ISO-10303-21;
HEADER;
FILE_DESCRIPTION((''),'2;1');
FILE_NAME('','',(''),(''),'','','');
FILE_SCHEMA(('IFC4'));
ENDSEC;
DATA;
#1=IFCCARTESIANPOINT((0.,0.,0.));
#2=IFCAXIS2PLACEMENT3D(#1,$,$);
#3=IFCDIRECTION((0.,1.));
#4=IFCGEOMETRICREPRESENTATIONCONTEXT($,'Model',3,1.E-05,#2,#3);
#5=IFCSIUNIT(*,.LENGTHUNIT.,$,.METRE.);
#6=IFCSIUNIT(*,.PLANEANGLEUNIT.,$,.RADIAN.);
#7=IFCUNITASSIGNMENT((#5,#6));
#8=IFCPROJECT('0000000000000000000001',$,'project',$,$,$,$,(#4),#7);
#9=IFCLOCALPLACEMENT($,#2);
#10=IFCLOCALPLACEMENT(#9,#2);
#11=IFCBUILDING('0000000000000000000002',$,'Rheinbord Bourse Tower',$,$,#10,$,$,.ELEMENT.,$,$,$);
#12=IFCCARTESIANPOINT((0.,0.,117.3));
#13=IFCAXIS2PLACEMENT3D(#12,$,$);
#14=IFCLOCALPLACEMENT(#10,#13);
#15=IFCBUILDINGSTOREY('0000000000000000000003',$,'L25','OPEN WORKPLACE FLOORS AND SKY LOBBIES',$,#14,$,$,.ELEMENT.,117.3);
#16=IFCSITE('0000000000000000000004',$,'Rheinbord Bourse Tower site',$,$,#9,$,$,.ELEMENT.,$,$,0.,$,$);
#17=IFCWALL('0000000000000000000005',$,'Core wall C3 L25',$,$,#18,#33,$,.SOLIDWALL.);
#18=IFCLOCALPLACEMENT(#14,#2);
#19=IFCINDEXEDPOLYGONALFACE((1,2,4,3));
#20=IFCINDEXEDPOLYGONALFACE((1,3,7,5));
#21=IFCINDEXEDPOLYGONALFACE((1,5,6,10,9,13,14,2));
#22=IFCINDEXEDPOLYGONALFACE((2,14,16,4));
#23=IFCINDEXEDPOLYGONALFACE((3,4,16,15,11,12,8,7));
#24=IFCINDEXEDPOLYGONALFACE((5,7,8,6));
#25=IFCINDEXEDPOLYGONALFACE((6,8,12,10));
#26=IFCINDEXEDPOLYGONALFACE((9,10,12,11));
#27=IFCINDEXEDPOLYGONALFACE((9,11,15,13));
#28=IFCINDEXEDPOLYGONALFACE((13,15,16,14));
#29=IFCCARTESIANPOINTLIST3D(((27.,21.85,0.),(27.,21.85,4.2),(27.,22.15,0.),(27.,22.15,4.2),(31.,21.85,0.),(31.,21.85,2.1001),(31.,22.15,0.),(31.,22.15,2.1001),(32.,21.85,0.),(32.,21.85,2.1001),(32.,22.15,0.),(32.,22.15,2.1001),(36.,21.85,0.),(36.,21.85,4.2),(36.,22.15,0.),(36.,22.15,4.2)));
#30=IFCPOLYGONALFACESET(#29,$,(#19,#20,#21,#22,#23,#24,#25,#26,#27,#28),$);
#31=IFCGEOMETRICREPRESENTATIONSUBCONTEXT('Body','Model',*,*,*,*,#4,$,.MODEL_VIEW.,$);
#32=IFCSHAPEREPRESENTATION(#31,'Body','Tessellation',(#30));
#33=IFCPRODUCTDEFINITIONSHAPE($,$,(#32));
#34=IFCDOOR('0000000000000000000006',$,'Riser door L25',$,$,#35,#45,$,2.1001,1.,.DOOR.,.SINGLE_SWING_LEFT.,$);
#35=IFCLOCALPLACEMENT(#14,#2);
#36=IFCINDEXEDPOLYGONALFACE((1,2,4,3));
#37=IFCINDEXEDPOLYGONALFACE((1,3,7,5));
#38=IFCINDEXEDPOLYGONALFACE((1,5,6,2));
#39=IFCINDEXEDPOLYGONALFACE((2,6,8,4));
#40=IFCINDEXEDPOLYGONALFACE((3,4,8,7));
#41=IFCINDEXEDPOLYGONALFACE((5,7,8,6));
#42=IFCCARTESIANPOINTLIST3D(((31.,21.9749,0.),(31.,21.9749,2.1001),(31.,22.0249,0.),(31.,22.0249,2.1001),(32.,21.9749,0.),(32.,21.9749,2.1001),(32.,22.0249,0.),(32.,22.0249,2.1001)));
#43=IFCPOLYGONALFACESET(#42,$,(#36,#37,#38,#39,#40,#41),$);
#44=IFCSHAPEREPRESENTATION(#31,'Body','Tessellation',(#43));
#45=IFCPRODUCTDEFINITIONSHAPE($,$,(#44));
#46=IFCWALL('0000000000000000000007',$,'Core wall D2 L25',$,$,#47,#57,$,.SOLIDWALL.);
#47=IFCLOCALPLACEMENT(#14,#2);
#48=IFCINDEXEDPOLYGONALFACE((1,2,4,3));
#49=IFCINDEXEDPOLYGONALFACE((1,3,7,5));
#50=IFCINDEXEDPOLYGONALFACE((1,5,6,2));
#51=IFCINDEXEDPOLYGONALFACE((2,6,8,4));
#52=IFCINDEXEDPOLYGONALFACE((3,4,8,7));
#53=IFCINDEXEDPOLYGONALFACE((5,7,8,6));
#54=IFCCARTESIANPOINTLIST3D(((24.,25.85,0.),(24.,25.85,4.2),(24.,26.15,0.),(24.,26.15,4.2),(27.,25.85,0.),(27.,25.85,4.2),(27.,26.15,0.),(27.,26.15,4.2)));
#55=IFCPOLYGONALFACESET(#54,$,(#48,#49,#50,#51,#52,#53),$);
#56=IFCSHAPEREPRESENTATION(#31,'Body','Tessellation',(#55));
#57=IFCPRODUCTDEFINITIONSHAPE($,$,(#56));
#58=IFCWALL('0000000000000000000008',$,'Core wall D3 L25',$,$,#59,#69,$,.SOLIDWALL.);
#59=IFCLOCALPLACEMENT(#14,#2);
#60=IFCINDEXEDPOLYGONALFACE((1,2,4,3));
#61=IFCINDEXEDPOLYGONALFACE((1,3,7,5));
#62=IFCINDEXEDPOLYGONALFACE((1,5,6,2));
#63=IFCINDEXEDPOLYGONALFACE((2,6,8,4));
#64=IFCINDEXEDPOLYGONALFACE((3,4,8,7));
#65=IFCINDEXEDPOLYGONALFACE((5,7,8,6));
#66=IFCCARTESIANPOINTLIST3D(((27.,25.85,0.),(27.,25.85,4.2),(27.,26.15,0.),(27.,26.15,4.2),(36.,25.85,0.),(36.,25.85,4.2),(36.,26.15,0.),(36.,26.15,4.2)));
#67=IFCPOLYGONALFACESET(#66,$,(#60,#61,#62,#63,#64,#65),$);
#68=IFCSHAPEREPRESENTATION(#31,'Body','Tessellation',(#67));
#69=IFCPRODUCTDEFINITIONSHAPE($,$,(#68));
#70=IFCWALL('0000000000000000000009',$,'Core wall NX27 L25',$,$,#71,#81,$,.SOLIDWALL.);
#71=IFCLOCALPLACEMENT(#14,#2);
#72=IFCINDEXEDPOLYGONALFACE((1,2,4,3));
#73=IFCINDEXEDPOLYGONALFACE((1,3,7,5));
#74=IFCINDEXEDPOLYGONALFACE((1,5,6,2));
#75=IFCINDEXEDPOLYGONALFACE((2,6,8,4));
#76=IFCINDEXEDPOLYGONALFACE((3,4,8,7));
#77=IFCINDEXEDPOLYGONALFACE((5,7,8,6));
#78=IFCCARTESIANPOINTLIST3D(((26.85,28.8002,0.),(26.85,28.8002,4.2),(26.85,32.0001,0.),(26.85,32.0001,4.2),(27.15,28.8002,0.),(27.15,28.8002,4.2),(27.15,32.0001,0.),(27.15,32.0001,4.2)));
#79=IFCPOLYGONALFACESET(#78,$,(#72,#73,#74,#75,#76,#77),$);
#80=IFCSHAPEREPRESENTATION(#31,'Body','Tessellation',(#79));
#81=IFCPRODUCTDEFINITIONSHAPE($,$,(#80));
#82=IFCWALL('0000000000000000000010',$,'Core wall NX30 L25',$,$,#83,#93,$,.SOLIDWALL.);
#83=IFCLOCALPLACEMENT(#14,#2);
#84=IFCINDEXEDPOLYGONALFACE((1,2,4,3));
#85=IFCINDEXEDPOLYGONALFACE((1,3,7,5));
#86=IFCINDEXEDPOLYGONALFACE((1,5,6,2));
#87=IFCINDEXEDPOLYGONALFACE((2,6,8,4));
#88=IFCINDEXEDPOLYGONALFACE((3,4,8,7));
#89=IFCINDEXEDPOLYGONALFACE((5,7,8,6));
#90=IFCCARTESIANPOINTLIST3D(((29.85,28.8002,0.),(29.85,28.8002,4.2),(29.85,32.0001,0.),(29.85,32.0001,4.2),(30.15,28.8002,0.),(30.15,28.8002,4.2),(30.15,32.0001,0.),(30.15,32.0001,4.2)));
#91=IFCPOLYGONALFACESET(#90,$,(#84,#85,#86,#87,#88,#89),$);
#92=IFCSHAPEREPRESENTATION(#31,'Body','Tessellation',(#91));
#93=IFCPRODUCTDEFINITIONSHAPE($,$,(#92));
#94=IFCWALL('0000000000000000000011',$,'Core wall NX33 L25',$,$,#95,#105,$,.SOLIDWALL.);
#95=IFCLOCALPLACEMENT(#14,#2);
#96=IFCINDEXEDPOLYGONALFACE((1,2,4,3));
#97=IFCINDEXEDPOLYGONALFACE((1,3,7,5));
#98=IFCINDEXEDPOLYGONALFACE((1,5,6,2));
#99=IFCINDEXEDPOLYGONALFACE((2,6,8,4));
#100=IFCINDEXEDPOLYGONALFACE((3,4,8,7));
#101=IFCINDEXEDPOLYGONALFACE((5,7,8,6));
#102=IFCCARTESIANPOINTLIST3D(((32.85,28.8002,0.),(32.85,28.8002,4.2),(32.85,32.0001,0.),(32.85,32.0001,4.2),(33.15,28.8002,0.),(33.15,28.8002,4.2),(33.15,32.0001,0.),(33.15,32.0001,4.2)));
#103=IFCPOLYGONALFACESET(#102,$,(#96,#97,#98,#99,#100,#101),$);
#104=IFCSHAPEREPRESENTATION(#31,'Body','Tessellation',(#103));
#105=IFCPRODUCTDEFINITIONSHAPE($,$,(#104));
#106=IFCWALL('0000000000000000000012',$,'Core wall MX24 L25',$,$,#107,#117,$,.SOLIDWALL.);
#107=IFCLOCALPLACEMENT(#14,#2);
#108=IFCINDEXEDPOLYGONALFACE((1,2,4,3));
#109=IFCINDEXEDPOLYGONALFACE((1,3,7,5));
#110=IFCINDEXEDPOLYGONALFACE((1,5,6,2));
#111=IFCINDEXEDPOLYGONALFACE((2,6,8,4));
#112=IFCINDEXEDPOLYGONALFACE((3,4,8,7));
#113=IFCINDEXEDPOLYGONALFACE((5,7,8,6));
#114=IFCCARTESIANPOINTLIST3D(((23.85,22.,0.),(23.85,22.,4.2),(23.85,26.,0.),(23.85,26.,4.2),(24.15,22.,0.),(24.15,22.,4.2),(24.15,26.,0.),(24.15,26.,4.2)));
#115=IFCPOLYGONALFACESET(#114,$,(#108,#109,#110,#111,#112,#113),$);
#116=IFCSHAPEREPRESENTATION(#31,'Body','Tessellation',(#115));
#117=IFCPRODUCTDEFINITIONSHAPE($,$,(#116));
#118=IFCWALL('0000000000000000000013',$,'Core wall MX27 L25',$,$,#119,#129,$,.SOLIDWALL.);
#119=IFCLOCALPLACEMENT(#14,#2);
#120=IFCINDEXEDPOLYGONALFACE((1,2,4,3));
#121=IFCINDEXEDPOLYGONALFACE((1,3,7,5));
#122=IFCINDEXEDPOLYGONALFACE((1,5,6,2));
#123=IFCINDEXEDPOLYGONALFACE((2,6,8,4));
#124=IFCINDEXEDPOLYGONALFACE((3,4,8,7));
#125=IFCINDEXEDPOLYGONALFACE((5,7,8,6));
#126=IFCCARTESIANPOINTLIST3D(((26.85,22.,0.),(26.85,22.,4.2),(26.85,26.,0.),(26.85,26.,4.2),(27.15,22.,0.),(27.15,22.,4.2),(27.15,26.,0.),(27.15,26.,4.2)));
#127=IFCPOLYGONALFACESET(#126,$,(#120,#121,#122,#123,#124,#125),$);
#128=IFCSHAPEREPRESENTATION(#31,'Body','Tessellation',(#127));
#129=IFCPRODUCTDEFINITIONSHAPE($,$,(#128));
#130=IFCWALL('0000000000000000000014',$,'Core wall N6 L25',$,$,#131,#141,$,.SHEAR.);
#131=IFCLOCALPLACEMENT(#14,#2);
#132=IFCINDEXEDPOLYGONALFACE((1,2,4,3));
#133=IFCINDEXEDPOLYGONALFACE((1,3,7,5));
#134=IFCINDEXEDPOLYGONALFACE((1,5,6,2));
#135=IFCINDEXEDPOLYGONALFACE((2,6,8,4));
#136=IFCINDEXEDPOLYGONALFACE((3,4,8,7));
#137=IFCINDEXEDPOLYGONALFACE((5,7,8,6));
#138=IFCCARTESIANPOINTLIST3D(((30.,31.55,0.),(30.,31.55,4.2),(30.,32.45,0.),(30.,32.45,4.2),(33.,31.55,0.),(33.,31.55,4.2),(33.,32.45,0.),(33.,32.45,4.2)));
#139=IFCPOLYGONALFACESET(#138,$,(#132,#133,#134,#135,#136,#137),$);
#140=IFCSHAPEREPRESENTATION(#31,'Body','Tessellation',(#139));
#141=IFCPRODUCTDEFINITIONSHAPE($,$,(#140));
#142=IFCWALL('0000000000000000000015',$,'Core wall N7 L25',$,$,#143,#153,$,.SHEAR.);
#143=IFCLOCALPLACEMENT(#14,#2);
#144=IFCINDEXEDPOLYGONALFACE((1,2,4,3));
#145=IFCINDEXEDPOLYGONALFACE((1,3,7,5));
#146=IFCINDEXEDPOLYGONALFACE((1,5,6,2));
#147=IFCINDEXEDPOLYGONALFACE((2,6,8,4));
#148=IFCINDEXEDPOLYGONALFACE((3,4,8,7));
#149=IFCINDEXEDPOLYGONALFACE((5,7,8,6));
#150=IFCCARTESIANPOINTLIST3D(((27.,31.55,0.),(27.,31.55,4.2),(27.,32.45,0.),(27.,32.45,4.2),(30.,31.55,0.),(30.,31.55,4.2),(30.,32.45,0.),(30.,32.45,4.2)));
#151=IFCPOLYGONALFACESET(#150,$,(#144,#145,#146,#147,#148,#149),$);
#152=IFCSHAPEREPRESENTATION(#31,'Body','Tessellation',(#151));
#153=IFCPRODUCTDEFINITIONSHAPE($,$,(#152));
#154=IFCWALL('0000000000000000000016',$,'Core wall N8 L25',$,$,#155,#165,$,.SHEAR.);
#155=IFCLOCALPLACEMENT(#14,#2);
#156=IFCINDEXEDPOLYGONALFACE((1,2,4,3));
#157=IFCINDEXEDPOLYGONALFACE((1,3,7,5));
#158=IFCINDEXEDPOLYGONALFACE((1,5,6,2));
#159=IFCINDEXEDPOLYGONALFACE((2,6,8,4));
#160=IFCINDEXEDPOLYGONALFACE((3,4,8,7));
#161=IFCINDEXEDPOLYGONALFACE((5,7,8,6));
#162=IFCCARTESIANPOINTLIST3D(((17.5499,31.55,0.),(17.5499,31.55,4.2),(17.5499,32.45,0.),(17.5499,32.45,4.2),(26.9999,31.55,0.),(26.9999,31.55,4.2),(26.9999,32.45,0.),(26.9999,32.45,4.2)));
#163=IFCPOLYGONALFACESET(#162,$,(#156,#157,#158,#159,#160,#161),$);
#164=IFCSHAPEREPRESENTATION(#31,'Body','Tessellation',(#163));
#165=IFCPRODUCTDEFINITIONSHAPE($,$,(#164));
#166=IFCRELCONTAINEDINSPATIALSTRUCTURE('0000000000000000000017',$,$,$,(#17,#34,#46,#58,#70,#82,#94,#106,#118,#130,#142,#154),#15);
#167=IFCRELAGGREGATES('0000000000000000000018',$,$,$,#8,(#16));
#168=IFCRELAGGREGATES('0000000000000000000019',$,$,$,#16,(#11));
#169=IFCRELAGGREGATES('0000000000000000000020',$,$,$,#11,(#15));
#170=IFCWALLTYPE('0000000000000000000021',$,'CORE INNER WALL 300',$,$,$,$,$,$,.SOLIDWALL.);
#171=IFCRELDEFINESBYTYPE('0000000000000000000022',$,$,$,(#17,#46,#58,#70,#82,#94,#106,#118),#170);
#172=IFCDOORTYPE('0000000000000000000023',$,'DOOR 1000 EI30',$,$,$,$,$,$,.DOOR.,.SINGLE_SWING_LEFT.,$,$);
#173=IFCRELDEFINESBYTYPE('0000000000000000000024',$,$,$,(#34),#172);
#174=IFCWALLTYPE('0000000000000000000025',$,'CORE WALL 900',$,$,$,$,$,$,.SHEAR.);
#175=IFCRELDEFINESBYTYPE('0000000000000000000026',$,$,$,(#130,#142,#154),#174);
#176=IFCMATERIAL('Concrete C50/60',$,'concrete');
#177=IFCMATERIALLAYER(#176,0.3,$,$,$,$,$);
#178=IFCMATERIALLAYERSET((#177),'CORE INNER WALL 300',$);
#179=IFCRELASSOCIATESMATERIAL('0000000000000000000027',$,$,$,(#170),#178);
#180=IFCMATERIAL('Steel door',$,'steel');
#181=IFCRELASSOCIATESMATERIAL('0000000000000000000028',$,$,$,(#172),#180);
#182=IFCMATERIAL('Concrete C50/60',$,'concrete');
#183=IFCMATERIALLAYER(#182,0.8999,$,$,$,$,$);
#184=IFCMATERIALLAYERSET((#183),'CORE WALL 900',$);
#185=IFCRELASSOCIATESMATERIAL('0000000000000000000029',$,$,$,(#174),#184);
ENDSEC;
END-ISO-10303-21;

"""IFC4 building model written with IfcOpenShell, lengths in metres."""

from ifc_helpers import new_model, si_unit, direction, frame, frame_2d, origin, place, context, subcontext, project, spatial, rectangle, extrude, material, layer, layer_set, type_object, element, fill, save


model = new_model("IFC4")

# Units and contexts
model_context = context("Model", 3, precision=1e-05, world=origin(), true_north=direction((0.0, 1.0)))
body_context = subcontext(model_context, "Body", "Model", "MODEL_VIEW")
ifc_project = project(units=[si_unit("LENGTHUNIT", "METRE"), si_unit("PLANEANGLEUNIT", "RADIAN")], contexts=[model_context])

# Site, building, storey
site_placement = place(None, origin())
site = spatial("IfcSite", under=ifc_project, at=site_placement, Name="Rheinbord Bourse Tower site", CompositionType="ELEMENT", RefElevation=0.0)
building_placement = place(site_placement, origin())
building = spatial("IfcBuilding", under=site, at=building_placement, Name="Rheinbord Bourse Tower", CompositionType="ELEMENT")
storey_placement = place(building_placement, frame((0.0, 0.0, 117.3)))
storey = spatial("IfcBuildingStorey", under=building, at=storey_placement, Name="L25", Description="OPEN WORKPLACE FLOORS AND SKY LOBBIES", CompositionType="ELEMENT", Elevation=117.3)

# Wall, opening, door
ifc_material_1 = material(Name="Concrete C50/60", Category="concrete")
ifc_layer_1 = layer(ifc_material_1, 0.3)
ifc_layer_set_1 = layer_set([ifc_layer_1], Name="CORE INNER WALL 300")
wall_type_1 = type_object("IfcWallType", Name="CORE INNER WALL 300", PredefinedType="SOLIDWALL", material=ifc_layer_set_1)
wall_1_placement = place(storey_placement, frame((27.0, 22.0, 0.0), z_axis=(0.0, 0.0, 1.0), x_axis=(1.0, 0.0, 0.0)))
wall_1 = element("IfcWall", 1, at=wall_1_placement, inside=storey, type_object=wall_type_1, Name="Core wall C3 L25", PredefinedType="SOLIDWALL", context=body_context, shape_type="SweptSolid", body=[
    extrude(rectangle(XDim=9.0, YDim=0.3, at=frame_2d((4.5, 0.0))), origin(), (0.0, 0.0, 1.0), 4.2),
])
opening_1_placement = place(wall_1_placement, frame((4.0, 0.0, 0.0)))
opening_1 = element("IfcOpeningElement", 2, at=opening_1_placement, cuts=wall_1, PredefinedType="OPENING", context=body_context, shape_type="SweptSolid", body=[
    extrude(rectangle(XDim=1.0, YDim=2.1001, at=frame_2d((0.5, 1.05))), frame((0.0, 0.1599, 0.0), z_axis=(0.0, -1.0, 0.0), x_axis=(1.0, 0.0, 0.0)), (0.0, 0.0, 1.0), 0.3201),
])
ifc_material_2 = material(Name="Steel door", Category="steel")
door_type_1 = type_object("IfcDoorType", Name="DOOR 1000 EI30", OperationType="SINGLE_SWING_LEFT", PredefinedType="DOOR", material=ifc_material_2)
door_1_placement = place(opening_1_placement, origin())
door_1 = element("IfcDoor", 3, at=door_1_placement, inside=storey, type_object=door_type_1, Name="Riser door L25", OperationType="SINGLE_SWING_LEFT", OverallHeight=2.1001, OverallWidth=1.0, PredefinedType="DOOR", context=body_context, shape_type="SweptSolid", body=[
    extrude(rectangle(XDim=1.0, YDim=2.1001, at=frame_2d((0.5, 1.05))), frame((0.0, 0.0249, 0.0), z_axis=(0.0, -1.0, 0.0), x_axis=(1.0, 0.0, 0.0)), (0.0, 0.0, 1.0), 0.05),
])
fill(opening_1, door_1)

# Walls
wall_2_placement = place(storey_placement, frame((24.0, 26.0, 0.0), z_axis=(0.0, 0.0, 1.0), x_axis=(1.0, 0.0, 0.0)))
element("IfcWall", 4, at=wall_2_placement, inside=storey, type_object=wall_type_1, Name="Core wall D2 L25", PredefinedType="SOLIDWALL", context=body_context, shape_type="SweptSolid", body=[
    extrude(rectangle(XDim=3.0, YDim=0.3, at=frame_2d((1.5, 0.0))), origin(), (0.0, 0.0, 1.0), 4.2),
])
wall_3_placement = place(storey_placement, frame((27.0, 26.0, 0.0), z_axis=(0.0, 0.0, 1.0), x_axis=(1.0, 0.0, 0.0)))
element("IfcWall", 5, at=wall_3_placement, inside=storey, type_object=wall_type_1, Name="Core wall D3 L25", PredefinedType="SOLIDWALL", context=body_context, shape_type="SweptSolid", body=[
    extrude(rectangle(XDim=9.0, YDim=0.3, at=frame_2d((4.5, 0.0))), origin(), (0.0, 0.0, 1.0), 4.2),
])
for number, where, z_axis, x_axis, name in (
    (6, (27.0, 28.8, 0.0), (0.0, 0.0, 1.0), (0.0, 1.0, 0.0), "Core wall NX27 L25"),
    (7, (30.0, 28.8, 0.0), (0.0, 0.0, 1.0), (0.0, 1.0, 0.0), "Core wall NX30 L25"),
    (8, (33.0, 28.8, 0.0), (0.0, 0.0, 1.0), (0.0, 1.0, 0.0), "Core wall NX33 L25"),
):
    element("IfcWall", number, at=place(storey_placement, frame(where, z_axis=z_axis, x_axis=x_axis)), inside=storey, type_object=wall_type_1, Name=name, PredefinedType="SOLIDWALL", context=body_context, shape_type="SweptSolid", body=[
        extrude(rectangle(XDim=3.2, YDim=0.3, at=frame_2d((1.6001, 0.0))), origin(), (0.0, 0.0, 1.0), 4.2),
    ])
for number, where, z_axis, x_axis, name in (
    (9, (24.0, 22.0, 0.0), (0.0, 0.0, 1.0), (0.0, 1.0, 0.0), "Core wall MX24 L25"),
    (10, (27.0, 22.0, 0.0), (0.0, 0.0, 1.0), (0.0, 1.0, 0.0), "Core wall MX27 L25"),
):
    element("IfcWall", number, at=place(storey_placement, frame(where, z_axis=z_axis, x_axis=x_axis)), inside=storey, type_object=wall_type_1, Name=name, PredefinedType="SOLIDWALL", context=body_context, shape_type="SweptSolid", body=[
        extrude(rectangle(XDim=4.0, YDim=0.3, at=frame_2d((2.0, 0.0))), origin(), (0.0, 0.0, 1.0), 4.2),
    ])
ifc_material_3 = material(Name="Concrete C50/60", Category="concrete")
ifc_layer_2 = layer(ifc_material_3, 0.8999)
ifc_layer_set_2 = layer_set([ifc_layer_2], Name="CORE WALL 900")
wall_type_2 = type_object("IfcWallType", Name="CORE WALL 900", PredefinedType="SHEAR", material=ifc_layer_set_2)
for number, where, z_axis, x_axis, name in (
    (11, (33.0, 32.0, 0.0), (0.0, 0.0, 1.0), (-1.0, 0.0, 0.0), "Core wall N6 L25"),
    (12, (30.0, 32.0, 0.0), (0.0, 0.0, 1.0), (-1.0, 0.0, 0.0), "Core wall N7 L25"),
):
    element("IfcWall", number, at=place(storey_placement, frame(where, z_axis=z_axis, x_axis=x_axis)), inside=storey, type_object=wall_type_2, Name=name, PredefinedType="SHEAR", context=body_context, shape_type="SweptSolid", body=[
        extrude(rectangle(XDim=3.0, YDim=0.8999, at=frame_2d((1.5, 0.0))), origin(), (0.0, 0.0, 1.0), 4.2),
    ])
wall_4_placement = place(storey_placement, frame((27.0, 32.0, 0.0), z_axis=(0.0, 0.0, 1.0), x_axis=(-1.0, 0.0, 0.0)))
element("IfcWall", 13, at=wall_4_placement, inside=storey, type_object=wall_type_2, Name="Core wall N8 L25", PredefinedType="SHEAR", context=body_context, shape_type="SweptSolid", body=[
    extrude(rectangle(XDim=9.45, YDim=0.8999, at=frame_2d((4.7251, 0.0))), origin(), (0.0, 0.0, 1.0), 4.2),
])

save(model, "model.ifc")
